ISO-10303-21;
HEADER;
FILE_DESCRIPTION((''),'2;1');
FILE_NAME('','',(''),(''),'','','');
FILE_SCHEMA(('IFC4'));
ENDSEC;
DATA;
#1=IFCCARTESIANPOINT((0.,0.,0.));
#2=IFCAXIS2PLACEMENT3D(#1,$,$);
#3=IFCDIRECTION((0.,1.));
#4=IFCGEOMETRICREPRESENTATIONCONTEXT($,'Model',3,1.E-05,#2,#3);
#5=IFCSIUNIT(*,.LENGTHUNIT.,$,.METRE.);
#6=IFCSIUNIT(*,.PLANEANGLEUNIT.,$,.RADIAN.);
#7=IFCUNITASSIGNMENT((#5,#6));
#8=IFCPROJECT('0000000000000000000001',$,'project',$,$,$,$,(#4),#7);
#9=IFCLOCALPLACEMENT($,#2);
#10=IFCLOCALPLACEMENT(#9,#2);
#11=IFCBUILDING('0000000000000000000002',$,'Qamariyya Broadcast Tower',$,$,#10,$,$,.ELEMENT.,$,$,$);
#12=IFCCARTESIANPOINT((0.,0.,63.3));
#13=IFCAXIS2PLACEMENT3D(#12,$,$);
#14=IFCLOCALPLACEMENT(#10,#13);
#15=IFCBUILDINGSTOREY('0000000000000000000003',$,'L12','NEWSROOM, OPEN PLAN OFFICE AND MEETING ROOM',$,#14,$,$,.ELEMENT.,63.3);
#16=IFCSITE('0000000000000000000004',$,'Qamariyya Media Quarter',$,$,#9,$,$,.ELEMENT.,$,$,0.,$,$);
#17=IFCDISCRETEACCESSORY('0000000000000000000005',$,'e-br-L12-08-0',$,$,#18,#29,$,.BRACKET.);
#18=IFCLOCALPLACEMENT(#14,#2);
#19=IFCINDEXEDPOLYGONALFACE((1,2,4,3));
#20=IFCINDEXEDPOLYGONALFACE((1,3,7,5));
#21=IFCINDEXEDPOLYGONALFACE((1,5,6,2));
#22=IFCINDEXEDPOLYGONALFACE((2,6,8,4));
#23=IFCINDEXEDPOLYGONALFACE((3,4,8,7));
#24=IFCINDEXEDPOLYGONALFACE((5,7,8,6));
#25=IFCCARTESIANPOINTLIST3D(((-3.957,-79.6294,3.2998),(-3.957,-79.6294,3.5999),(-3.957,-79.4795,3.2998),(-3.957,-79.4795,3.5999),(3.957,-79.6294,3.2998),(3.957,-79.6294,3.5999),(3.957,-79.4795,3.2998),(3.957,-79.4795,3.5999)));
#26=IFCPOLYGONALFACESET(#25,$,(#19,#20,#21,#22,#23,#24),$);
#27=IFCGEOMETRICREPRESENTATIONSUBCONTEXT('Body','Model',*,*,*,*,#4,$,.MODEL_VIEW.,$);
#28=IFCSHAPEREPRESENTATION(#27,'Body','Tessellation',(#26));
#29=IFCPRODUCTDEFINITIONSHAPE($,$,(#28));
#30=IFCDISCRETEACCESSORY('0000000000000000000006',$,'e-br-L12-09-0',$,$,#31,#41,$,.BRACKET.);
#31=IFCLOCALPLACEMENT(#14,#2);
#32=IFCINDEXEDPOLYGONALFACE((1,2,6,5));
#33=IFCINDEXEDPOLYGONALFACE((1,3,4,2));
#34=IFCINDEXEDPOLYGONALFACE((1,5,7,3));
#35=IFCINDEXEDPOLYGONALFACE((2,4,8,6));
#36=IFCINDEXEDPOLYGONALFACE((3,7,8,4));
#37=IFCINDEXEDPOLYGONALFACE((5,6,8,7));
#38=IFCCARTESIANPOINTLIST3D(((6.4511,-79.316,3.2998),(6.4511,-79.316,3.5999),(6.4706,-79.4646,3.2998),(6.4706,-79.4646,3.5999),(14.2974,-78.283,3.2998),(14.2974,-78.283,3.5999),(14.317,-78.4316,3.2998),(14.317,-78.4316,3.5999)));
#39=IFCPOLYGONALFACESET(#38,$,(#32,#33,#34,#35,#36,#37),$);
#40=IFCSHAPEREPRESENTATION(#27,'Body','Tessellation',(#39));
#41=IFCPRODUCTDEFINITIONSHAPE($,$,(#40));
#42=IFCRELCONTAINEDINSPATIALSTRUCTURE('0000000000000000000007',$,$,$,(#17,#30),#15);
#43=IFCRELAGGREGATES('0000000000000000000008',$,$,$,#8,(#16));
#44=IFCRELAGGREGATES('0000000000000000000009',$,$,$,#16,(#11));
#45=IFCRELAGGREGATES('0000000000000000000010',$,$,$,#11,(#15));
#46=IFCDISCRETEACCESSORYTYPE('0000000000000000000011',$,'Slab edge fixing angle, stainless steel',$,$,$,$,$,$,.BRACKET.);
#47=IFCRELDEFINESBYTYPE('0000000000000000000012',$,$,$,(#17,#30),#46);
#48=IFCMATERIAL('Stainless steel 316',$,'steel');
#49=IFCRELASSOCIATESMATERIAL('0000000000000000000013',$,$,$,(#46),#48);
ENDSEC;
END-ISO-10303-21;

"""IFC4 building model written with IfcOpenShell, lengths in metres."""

from ifc_helpers import new_model, si_unit, direction, frame, origin, origin_2d, place, context, subcontext, project, spatial, rectangle, extrude, material, type_object, element, save


model = new_model("IFC4")

# Units and contexts
model_context = context("Model", 3, precision=1e-05, world=origin(), true_north=direction((0.0, 1.0)))
body_context = subcontext(model_context, "Body", "Model", "MODEL_VIEW")
ifc_project = project(units=[si_unit("LENGTHUNIT", "METRE"), si_unit("PLANEANGLEUNIT", "RADIAN")], contexts=[model_context])

# Site, building, storey
site_placement = place(None, origin())
site = spatial("IfcSite", under=ifc_project, at=site_placement, Name="Qamariyya Media Quarter", CompositionType="ELEMENT", RefElevation=0.0)
building_placement = place(site_placement, origin())
building = spatial("IfcBuilding", under=site, at=building_placement, Name="Qamariyya Broadcast Tower", CompositionType="ELEMENT")
storey_placement = place(building_placement, frame((0.0, 0.0, 63.3)))
storey = spatial("IfcBuildingStorey", under=building, at=storey_placement, Name="L12", Description="NEWSROOM, OPEN PLAN OFFICE AND MEETING ROOM", CompositionType="ELEMENT", Elevation=63.3)

# Discrete accessories
ifc_material_1 = material(Name="Stainless steel 316", Category="steel")
discrete_accessory_type = type_object("IfcDiscreteAccessoryType", Name="Slab edge fixing angle, stainless steel", PredefinedType="BRACKET", material=ifc_material_1)
for number, where, z_axis, x_axis, name in (
    (1, (0.0, -79.5544, 3.2998), (0.0, 0.0, 1.0), (1.0, 0.0, 0.0), "e-br-L12-08-0"),
    (2, (10.384, -78.8738, 3.2998), (0.0, 0.0, 1.0), (0.991445, 0.130526, 0.0), "e-br-L12-09-0"),
):
    element("IfcDiscreteAccessory", number, at=place(storey_placement, frame(where, z_axis=z_axis, x_axis=x_axis)), inside=storey, type_object=discrete_accessory_type, Name=name, PredefinedType="BRACKET", context=body_context, shape_type="SweptSolid", body=[
        extrude(rectangle(XDim=7.9141, YDim=0.1499, at=origin_2d()), origin(), (0.0, 0.0, 1.0), 0.3),
    ])

save(model, "model.ifc")
